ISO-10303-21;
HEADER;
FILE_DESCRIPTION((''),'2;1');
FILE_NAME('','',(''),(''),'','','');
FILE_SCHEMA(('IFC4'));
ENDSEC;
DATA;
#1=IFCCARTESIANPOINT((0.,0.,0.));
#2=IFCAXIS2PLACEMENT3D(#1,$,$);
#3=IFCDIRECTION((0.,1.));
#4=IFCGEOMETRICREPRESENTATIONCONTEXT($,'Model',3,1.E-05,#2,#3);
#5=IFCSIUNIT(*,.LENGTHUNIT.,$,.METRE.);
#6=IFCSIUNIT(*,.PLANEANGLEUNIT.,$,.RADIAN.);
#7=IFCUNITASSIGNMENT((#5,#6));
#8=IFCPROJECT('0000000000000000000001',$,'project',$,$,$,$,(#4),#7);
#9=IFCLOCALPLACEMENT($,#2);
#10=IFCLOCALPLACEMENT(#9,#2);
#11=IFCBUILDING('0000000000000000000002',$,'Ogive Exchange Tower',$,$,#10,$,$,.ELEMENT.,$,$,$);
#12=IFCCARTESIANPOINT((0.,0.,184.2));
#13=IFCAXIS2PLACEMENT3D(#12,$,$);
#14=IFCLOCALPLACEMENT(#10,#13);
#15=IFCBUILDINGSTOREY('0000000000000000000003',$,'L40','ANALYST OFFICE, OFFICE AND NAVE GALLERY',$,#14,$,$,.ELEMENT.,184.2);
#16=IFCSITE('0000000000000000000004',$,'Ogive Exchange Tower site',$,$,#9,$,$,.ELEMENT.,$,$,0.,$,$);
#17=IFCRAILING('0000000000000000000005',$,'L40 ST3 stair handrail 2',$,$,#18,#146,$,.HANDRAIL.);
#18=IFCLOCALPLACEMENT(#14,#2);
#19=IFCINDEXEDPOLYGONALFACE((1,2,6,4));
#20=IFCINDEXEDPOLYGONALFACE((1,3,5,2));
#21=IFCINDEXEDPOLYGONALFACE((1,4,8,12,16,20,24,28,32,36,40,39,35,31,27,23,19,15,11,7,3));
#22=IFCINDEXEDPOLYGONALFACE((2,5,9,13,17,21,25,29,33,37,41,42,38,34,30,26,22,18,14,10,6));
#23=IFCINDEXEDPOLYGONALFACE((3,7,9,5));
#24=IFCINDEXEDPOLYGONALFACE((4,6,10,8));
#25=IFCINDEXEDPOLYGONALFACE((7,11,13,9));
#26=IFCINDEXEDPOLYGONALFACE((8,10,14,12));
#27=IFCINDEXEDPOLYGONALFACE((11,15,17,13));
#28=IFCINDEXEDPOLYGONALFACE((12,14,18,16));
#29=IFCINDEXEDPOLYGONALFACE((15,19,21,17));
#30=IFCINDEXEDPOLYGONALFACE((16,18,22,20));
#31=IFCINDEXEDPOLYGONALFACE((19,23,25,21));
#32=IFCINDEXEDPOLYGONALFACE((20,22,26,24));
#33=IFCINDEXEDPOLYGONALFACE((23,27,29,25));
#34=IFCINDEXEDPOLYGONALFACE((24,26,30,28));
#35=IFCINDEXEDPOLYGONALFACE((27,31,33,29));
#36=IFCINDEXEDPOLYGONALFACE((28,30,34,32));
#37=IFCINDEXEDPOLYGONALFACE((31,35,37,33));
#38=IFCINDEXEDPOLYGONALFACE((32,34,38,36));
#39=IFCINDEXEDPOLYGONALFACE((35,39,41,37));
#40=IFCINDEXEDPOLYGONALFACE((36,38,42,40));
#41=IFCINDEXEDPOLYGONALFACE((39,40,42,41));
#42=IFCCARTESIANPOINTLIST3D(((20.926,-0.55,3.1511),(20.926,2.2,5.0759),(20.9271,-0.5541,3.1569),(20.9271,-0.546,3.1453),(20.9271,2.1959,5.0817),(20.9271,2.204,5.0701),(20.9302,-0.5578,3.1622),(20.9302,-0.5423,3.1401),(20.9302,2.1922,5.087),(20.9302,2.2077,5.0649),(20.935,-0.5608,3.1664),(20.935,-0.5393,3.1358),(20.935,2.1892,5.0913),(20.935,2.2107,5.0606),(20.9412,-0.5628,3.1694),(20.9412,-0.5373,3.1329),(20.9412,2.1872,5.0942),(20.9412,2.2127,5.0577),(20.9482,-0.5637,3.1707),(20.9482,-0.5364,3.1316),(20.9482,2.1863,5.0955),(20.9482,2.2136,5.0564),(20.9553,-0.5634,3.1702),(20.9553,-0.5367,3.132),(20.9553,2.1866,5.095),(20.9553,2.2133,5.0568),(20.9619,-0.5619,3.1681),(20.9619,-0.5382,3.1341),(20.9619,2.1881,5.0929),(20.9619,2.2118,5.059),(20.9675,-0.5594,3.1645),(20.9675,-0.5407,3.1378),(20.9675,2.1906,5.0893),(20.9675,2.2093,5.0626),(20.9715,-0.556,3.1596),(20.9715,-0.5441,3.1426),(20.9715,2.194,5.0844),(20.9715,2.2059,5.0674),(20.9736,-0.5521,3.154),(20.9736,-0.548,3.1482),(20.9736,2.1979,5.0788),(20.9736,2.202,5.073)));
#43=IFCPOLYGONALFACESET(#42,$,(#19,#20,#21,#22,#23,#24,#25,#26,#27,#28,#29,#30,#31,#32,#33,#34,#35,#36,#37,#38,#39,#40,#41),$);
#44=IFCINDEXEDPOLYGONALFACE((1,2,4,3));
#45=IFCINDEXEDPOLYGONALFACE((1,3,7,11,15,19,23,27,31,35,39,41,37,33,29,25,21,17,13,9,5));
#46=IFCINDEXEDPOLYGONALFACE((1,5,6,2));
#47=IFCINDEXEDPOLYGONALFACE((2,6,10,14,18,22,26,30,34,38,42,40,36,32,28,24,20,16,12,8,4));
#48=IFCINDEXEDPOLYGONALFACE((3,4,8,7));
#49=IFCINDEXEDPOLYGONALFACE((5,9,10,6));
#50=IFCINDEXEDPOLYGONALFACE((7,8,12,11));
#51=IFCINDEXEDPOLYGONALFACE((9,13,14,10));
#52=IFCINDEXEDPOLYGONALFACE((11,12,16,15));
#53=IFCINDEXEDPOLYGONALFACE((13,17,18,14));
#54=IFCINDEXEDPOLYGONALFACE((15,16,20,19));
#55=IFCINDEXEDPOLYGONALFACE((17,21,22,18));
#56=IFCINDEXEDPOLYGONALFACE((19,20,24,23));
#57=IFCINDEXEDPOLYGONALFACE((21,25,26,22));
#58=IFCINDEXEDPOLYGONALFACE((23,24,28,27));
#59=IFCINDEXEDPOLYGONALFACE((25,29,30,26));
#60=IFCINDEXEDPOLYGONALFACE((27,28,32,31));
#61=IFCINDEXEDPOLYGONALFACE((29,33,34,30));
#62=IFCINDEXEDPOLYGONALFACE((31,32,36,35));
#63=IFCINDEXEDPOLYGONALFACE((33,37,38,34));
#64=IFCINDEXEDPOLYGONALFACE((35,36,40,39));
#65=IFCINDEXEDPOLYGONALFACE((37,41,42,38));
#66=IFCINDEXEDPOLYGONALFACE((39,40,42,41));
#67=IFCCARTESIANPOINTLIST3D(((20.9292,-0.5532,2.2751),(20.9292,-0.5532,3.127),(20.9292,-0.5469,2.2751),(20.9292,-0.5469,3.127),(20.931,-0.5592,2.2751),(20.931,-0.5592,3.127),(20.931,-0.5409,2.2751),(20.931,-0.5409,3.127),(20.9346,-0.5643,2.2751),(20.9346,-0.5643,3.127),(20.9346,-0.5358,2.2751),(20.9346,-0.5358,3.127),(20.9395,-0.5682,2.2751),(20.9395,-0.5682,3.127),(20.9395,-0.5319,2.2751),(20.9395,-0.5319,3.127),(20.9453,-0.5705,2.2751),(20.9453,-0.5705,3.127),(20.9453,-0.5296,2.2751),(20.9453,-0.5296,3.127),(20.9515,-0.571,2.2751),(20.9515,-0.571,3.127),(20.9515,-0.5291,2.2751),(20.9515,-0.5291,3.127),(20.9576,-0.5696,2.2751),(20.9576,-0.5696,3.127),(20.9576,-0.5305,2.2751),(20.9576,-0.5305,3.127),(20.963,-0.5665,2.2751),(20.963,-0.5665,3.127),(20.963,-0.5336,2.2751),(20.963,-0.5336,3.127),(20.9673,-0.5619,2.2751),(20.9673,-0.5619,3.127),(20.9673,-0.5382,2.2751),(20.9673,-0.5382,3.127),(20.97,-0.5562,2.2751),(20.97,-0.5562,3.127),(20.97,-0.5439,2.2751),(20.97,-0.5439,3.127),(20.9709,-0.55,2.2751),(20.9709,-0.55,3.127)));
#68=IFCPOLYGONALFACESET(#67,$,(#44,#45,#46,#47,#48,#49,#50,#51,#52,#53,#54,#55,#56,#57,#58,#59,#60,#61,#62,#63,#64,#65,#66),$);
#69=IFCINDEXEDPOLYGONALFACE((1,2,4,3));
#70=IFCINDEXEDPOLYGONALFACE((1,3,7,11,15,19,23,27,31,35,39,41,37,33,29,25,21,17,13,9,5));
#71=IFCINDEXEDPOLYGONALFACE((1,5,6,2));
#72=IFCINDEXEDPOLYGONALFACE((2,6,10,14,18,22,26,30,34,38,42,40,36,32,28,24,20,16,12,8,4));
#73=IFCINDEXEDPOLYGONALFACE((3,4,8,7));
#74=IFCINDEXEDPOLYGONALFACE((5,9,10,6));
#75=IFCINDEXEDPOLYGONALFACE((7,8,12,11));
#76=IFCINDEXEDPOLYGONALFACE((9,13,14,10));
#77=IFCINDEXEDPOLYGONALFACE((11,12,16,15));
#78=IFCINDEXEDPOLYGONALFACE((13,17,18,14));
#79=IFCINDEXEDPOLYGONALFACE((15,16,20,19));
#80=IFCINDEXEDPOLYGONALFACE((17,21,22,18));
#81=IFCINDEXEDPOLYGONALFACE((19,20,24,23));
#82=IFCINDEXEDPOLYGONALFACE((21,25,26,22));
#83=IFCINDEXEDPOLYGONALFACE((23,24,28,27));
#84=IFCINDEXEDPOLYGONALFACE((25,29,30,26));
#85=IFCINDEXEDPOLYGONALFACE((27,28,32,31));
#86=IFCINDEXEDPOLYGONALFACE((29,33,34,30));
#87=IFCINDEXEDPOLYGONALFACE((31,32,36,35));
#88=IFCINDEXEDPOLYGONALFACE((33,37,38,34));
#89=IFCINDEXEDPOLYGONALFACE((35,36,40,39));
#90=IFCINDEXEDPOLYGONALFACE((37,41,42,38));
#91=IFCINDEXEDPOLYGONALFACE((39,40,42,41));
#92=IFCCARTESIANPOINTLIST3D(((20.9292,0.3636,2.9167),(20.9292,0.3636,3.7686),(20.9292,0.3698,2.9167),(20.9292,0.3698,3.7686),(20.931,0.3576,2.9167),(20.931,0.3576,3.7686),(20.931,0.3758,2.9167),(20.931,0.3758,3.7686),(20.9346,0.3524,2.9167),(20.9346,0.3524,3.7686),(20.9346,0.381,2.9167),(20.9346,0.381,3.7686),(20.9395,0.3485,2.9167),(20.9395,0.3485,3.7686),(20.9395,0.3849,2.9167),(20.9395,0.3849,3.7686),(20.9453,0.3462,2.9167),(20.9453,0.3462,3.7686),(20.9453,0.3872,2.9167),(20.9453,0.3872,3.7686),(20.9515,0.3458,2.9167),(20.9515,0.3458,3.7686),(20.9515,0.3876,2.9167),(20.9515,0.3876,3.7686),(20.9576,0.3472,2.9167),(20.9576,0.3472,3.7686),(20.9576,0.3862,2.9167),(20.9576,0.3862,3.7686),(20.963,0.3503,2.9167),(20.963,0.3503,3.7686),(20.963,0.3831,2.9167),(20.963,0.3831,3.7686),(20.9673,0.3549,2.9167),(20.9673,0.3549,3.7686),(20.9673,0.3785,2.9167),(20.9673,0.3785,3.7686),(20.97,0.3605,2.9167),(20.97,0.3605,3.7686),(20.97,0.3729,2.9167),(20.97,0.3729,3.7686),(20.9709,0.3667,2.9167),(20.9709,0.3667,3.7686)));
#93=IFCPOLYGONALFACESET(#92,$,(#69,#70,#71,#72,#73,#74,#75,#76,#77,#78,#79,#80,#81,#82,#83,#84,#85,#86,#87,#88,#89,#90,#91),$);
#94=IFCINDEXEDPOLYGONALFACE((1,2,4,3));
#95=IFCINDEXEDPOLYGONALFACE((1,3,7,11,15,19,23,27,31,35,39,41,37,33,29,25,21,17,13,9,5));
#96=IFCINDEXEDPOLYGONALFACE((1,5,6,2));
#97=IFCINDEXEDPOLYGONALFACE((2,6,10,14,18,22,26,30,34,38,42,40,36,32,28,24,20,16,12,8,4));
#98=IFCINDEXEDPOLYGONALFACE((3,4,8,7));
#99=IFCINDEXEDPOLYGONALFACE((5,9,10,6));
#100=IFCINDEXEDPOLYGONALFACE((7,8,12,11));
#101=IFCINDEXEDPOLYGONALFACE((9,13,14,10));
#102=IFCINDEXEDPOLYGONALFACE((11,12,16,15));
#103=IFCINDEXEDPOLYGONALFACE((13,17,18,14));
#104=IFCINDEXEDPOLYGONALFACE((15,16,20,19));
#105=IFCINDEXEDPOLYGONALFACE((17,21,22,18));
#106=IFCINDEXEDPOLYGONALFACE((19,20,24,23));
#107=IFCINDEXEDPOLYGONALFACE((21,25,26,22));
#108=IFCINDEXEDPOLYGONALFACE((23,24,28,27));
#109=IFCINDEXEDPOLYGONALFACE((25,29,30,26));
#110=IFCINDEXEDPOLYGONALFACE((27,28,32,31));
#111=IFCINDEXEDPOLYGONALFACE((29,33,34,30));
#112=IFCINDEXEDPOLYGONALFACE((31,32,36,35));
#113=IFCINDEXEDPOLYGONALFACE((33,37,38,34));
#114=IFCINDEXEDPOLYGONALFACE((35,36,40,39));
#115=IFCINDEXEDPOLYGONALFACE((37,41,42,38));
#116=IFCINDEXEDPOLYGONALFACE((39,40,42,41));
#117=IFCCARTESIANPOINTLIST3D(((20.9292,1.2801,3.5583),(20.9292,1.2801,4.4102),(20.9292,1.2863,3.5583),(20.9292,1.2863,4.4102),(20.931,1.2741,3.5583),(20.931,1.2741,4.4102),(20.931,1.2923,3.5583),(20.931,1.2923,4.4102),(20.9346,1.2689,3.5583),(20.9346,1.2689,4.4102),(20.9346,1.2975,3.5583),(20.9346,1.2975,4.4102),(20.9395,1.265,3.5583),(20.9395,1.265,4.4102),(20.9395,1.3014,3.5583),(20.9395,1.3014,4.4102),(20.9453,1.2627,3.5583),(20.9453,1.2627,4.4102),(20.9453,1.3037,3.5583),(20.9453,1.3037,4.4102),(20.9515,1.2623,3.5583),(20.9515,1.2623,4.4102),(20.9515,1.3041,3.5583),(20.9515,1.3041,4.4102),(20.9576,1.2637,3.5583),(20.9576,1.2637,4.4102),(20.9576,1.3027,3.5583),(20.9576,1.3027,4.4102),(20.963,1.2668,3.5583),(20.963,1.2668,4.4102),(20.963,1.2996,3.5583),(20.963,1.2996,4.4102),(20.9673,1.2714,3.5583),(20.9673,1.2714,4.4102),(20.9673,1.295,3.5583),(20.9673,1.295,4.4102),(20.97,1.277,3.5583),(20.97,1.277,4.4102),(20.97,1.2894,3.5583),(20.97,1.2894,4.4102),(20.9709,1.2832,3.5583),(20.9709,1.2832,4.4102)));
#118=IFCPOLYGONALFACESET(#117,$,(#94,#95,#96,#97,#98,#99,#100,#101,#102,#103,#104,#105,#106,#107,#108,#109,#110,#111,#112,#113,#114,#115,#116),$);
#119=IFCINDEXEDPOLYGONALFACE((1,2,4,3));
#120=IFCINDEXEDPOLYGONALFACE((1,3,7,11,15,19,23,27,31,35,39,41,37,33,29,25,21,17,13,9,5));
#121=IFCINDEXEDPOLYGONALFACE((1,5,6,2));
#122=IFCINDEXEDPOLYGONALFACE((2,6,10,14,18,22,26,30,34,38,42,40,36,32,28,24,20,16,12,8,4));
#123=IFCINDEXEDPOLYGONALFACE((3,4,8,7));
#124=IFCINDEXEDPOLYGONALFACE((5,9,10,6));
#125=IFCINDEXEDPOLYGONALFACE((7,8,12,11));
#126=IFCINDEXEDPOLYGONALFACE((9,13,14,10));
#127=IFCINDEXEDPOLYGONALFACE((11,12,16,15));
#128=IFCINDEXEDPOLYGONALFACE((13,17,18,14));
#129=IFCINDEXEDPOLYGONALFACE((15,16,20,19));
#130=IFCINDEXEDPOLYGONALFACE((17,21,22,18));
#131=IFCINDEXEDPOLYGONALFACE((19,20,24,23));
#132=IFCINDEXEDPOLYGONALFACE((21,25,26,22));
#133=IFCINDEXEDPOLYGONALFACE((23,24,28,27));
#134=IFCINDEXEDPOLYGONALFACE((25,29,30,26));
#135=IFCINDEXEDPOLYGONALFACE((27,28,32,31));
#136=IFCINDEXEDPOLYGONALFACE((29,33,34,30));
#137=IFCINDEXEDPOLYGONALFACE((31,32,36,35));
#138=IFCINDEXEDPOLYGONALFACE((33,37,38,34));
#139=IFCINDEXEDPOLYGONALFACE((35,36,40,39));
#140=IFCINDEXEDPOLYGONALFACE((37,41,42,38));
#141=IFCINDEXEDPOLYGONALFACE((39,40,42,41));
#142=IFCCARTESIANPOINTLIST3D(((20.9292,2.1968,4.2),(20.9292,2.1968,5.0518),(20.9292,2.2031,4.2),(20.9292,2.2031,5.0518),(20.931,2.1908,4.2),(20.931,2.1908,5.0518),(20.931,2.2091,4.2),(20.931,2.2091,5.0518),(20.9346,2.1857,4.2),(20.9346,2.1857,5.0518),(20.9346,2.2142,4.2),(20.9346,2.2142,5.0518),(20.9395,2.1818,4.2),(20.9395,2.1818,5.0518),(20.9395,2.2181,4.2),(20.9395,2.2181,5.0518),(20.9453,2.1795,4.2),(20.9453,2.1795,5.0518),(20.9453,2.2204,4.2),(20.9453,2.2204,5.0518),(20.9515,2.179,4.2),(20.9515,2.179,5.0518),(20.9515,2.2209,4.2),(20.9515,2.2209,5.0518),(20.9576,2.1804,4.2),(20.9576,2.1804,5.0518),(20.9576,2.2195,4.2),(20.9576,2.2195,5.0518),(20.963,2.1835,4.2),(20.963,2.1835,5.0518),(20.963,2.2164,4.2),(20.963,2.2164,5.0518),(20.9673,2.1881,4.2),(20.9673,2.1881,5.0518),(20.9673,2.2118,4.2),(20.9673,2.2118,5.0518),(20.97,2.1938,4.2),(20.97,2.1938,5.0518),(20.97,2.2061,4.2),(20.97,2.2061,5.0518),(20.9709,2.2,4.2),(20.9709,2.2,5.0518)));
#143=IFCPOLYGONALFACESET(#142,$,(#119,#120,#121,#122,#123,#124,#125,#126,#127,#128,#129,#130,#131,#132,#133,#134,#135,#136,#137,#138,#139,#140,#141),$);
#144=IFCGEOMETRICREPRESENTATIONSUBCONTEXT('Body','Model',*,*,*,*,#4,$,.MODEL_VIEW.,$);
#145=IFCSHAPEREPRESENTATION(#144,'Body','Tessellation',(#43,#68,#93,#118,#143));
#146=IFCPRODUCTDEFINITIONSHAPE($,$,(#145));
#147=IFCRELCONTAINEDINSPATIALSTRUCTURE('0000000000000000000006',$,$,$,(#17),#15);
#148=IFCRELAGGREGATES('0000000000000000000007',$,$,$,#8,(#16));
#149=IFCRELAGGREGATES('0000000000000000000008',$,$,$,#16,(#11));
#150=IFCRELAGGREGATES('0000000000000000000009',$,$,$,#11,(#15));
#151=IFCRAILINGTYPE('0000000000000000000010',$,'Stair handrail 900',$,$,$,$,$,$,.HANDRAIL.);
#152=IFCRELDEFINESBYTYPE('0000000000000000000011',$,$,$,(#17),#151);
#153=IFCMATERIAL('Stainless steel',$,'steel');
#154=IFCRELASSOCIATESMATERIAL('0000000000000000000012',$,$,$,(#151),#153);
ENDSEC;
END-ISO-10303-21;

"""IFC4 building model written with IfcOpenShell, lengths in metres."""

from ifc_helpers import new_model, si_unit, direction, frame, origin, origin_2d, place, context, subcontext, project, spatial, circle, extrude, material, type_object, element, save


model = new_model("IFC4")

# Units and contexts
model_context = context("Model", 3, precision=1e-05, world=origin(), true_north=direction((0.0, 1.0)))
body_context = subcontext(model_context, "Body", "Model", "MODEL_VIEW")
ifc_project = project(units=[si_unit("LENGTHUNIT", "METRE"), si_unit("PLANEANGLEUNIT", "RADIAN")], contexts=[model_context])

# Site, building, storey
site_placement = place(None, origin())
site = spatial("IfcSite", under=ifc_project, at=site_placement, Name="Ogive Exchange Tower site", CompositionType="ELEMENT", RefElevation=0.0)
building_placement = place(site_placement, origin())
building = spatial("IfcBuilding", under=site, at=building_placement, Name="Ogive Exchange Tower", CompositionType="ELEMENT")
storey_placement = place(building_placement, frame((0.0, 0.0, 184.2)))
storey = spatial("IfcBuildingStorey", under=building, at=storey_placement, Name="L40", Description="ANALYST OFFICE, OFFICE AND NAVE GALLERY", CompositionType="ELEMENT", Elevation=184.2)

# Shared definitions
ifc_material_1 = material(Name="Stainless steel", Category="steel")

# Railing
railing_type = type_object("IfcRailingType", Name="Stair handrail 900", PredefinedType="HANDRAIL", material=ifc_material_1)
railing_placement = place(storey_placement, frame((20.95, -0.55, 2.2751)))
element("IfcRailing", 1, at=railing_placement, inside=storey, type_object=railing_type, Name="L40 ST3 stair handrail 2", PredefinedType="HANDRAIL", context=body_context, shape_type="SweptSolid", body=[
    extrude(circle(Radius=0.0239, at=origin_2d()), frame((0.0, 0.0, 0.876), z_axis=(0.0, 0.819259, 0.573423), x_axis=(-1.0, 0.0, 0.0)), (0.0, 0.0, 1.0), 3.3567),
    extrude(circle(Radius=0.021, at=origin_2d()), origin(), (0.0, 0.0, 1.0), 0.8518),
    extrude(circle(Radius=0.021, at=origin_2d()), frame((0.0, 0.9167, 0.6416)), (0.0, 0.0, 1.0), 0.8518),
    extrude(circle(Radius=0.021, at=origin_2d()), frame((0.0, 1.8333, 1.2832)), (0.0, 0.0, 1.0), 0.8518),
    extrude(circle(Radius=0.021, at=origin_2d()), frame((0.0, 2.75, 1.9248)), (0.0, 0.0, 1.0), 0.8518),
])

save(model, "model.ifc")
